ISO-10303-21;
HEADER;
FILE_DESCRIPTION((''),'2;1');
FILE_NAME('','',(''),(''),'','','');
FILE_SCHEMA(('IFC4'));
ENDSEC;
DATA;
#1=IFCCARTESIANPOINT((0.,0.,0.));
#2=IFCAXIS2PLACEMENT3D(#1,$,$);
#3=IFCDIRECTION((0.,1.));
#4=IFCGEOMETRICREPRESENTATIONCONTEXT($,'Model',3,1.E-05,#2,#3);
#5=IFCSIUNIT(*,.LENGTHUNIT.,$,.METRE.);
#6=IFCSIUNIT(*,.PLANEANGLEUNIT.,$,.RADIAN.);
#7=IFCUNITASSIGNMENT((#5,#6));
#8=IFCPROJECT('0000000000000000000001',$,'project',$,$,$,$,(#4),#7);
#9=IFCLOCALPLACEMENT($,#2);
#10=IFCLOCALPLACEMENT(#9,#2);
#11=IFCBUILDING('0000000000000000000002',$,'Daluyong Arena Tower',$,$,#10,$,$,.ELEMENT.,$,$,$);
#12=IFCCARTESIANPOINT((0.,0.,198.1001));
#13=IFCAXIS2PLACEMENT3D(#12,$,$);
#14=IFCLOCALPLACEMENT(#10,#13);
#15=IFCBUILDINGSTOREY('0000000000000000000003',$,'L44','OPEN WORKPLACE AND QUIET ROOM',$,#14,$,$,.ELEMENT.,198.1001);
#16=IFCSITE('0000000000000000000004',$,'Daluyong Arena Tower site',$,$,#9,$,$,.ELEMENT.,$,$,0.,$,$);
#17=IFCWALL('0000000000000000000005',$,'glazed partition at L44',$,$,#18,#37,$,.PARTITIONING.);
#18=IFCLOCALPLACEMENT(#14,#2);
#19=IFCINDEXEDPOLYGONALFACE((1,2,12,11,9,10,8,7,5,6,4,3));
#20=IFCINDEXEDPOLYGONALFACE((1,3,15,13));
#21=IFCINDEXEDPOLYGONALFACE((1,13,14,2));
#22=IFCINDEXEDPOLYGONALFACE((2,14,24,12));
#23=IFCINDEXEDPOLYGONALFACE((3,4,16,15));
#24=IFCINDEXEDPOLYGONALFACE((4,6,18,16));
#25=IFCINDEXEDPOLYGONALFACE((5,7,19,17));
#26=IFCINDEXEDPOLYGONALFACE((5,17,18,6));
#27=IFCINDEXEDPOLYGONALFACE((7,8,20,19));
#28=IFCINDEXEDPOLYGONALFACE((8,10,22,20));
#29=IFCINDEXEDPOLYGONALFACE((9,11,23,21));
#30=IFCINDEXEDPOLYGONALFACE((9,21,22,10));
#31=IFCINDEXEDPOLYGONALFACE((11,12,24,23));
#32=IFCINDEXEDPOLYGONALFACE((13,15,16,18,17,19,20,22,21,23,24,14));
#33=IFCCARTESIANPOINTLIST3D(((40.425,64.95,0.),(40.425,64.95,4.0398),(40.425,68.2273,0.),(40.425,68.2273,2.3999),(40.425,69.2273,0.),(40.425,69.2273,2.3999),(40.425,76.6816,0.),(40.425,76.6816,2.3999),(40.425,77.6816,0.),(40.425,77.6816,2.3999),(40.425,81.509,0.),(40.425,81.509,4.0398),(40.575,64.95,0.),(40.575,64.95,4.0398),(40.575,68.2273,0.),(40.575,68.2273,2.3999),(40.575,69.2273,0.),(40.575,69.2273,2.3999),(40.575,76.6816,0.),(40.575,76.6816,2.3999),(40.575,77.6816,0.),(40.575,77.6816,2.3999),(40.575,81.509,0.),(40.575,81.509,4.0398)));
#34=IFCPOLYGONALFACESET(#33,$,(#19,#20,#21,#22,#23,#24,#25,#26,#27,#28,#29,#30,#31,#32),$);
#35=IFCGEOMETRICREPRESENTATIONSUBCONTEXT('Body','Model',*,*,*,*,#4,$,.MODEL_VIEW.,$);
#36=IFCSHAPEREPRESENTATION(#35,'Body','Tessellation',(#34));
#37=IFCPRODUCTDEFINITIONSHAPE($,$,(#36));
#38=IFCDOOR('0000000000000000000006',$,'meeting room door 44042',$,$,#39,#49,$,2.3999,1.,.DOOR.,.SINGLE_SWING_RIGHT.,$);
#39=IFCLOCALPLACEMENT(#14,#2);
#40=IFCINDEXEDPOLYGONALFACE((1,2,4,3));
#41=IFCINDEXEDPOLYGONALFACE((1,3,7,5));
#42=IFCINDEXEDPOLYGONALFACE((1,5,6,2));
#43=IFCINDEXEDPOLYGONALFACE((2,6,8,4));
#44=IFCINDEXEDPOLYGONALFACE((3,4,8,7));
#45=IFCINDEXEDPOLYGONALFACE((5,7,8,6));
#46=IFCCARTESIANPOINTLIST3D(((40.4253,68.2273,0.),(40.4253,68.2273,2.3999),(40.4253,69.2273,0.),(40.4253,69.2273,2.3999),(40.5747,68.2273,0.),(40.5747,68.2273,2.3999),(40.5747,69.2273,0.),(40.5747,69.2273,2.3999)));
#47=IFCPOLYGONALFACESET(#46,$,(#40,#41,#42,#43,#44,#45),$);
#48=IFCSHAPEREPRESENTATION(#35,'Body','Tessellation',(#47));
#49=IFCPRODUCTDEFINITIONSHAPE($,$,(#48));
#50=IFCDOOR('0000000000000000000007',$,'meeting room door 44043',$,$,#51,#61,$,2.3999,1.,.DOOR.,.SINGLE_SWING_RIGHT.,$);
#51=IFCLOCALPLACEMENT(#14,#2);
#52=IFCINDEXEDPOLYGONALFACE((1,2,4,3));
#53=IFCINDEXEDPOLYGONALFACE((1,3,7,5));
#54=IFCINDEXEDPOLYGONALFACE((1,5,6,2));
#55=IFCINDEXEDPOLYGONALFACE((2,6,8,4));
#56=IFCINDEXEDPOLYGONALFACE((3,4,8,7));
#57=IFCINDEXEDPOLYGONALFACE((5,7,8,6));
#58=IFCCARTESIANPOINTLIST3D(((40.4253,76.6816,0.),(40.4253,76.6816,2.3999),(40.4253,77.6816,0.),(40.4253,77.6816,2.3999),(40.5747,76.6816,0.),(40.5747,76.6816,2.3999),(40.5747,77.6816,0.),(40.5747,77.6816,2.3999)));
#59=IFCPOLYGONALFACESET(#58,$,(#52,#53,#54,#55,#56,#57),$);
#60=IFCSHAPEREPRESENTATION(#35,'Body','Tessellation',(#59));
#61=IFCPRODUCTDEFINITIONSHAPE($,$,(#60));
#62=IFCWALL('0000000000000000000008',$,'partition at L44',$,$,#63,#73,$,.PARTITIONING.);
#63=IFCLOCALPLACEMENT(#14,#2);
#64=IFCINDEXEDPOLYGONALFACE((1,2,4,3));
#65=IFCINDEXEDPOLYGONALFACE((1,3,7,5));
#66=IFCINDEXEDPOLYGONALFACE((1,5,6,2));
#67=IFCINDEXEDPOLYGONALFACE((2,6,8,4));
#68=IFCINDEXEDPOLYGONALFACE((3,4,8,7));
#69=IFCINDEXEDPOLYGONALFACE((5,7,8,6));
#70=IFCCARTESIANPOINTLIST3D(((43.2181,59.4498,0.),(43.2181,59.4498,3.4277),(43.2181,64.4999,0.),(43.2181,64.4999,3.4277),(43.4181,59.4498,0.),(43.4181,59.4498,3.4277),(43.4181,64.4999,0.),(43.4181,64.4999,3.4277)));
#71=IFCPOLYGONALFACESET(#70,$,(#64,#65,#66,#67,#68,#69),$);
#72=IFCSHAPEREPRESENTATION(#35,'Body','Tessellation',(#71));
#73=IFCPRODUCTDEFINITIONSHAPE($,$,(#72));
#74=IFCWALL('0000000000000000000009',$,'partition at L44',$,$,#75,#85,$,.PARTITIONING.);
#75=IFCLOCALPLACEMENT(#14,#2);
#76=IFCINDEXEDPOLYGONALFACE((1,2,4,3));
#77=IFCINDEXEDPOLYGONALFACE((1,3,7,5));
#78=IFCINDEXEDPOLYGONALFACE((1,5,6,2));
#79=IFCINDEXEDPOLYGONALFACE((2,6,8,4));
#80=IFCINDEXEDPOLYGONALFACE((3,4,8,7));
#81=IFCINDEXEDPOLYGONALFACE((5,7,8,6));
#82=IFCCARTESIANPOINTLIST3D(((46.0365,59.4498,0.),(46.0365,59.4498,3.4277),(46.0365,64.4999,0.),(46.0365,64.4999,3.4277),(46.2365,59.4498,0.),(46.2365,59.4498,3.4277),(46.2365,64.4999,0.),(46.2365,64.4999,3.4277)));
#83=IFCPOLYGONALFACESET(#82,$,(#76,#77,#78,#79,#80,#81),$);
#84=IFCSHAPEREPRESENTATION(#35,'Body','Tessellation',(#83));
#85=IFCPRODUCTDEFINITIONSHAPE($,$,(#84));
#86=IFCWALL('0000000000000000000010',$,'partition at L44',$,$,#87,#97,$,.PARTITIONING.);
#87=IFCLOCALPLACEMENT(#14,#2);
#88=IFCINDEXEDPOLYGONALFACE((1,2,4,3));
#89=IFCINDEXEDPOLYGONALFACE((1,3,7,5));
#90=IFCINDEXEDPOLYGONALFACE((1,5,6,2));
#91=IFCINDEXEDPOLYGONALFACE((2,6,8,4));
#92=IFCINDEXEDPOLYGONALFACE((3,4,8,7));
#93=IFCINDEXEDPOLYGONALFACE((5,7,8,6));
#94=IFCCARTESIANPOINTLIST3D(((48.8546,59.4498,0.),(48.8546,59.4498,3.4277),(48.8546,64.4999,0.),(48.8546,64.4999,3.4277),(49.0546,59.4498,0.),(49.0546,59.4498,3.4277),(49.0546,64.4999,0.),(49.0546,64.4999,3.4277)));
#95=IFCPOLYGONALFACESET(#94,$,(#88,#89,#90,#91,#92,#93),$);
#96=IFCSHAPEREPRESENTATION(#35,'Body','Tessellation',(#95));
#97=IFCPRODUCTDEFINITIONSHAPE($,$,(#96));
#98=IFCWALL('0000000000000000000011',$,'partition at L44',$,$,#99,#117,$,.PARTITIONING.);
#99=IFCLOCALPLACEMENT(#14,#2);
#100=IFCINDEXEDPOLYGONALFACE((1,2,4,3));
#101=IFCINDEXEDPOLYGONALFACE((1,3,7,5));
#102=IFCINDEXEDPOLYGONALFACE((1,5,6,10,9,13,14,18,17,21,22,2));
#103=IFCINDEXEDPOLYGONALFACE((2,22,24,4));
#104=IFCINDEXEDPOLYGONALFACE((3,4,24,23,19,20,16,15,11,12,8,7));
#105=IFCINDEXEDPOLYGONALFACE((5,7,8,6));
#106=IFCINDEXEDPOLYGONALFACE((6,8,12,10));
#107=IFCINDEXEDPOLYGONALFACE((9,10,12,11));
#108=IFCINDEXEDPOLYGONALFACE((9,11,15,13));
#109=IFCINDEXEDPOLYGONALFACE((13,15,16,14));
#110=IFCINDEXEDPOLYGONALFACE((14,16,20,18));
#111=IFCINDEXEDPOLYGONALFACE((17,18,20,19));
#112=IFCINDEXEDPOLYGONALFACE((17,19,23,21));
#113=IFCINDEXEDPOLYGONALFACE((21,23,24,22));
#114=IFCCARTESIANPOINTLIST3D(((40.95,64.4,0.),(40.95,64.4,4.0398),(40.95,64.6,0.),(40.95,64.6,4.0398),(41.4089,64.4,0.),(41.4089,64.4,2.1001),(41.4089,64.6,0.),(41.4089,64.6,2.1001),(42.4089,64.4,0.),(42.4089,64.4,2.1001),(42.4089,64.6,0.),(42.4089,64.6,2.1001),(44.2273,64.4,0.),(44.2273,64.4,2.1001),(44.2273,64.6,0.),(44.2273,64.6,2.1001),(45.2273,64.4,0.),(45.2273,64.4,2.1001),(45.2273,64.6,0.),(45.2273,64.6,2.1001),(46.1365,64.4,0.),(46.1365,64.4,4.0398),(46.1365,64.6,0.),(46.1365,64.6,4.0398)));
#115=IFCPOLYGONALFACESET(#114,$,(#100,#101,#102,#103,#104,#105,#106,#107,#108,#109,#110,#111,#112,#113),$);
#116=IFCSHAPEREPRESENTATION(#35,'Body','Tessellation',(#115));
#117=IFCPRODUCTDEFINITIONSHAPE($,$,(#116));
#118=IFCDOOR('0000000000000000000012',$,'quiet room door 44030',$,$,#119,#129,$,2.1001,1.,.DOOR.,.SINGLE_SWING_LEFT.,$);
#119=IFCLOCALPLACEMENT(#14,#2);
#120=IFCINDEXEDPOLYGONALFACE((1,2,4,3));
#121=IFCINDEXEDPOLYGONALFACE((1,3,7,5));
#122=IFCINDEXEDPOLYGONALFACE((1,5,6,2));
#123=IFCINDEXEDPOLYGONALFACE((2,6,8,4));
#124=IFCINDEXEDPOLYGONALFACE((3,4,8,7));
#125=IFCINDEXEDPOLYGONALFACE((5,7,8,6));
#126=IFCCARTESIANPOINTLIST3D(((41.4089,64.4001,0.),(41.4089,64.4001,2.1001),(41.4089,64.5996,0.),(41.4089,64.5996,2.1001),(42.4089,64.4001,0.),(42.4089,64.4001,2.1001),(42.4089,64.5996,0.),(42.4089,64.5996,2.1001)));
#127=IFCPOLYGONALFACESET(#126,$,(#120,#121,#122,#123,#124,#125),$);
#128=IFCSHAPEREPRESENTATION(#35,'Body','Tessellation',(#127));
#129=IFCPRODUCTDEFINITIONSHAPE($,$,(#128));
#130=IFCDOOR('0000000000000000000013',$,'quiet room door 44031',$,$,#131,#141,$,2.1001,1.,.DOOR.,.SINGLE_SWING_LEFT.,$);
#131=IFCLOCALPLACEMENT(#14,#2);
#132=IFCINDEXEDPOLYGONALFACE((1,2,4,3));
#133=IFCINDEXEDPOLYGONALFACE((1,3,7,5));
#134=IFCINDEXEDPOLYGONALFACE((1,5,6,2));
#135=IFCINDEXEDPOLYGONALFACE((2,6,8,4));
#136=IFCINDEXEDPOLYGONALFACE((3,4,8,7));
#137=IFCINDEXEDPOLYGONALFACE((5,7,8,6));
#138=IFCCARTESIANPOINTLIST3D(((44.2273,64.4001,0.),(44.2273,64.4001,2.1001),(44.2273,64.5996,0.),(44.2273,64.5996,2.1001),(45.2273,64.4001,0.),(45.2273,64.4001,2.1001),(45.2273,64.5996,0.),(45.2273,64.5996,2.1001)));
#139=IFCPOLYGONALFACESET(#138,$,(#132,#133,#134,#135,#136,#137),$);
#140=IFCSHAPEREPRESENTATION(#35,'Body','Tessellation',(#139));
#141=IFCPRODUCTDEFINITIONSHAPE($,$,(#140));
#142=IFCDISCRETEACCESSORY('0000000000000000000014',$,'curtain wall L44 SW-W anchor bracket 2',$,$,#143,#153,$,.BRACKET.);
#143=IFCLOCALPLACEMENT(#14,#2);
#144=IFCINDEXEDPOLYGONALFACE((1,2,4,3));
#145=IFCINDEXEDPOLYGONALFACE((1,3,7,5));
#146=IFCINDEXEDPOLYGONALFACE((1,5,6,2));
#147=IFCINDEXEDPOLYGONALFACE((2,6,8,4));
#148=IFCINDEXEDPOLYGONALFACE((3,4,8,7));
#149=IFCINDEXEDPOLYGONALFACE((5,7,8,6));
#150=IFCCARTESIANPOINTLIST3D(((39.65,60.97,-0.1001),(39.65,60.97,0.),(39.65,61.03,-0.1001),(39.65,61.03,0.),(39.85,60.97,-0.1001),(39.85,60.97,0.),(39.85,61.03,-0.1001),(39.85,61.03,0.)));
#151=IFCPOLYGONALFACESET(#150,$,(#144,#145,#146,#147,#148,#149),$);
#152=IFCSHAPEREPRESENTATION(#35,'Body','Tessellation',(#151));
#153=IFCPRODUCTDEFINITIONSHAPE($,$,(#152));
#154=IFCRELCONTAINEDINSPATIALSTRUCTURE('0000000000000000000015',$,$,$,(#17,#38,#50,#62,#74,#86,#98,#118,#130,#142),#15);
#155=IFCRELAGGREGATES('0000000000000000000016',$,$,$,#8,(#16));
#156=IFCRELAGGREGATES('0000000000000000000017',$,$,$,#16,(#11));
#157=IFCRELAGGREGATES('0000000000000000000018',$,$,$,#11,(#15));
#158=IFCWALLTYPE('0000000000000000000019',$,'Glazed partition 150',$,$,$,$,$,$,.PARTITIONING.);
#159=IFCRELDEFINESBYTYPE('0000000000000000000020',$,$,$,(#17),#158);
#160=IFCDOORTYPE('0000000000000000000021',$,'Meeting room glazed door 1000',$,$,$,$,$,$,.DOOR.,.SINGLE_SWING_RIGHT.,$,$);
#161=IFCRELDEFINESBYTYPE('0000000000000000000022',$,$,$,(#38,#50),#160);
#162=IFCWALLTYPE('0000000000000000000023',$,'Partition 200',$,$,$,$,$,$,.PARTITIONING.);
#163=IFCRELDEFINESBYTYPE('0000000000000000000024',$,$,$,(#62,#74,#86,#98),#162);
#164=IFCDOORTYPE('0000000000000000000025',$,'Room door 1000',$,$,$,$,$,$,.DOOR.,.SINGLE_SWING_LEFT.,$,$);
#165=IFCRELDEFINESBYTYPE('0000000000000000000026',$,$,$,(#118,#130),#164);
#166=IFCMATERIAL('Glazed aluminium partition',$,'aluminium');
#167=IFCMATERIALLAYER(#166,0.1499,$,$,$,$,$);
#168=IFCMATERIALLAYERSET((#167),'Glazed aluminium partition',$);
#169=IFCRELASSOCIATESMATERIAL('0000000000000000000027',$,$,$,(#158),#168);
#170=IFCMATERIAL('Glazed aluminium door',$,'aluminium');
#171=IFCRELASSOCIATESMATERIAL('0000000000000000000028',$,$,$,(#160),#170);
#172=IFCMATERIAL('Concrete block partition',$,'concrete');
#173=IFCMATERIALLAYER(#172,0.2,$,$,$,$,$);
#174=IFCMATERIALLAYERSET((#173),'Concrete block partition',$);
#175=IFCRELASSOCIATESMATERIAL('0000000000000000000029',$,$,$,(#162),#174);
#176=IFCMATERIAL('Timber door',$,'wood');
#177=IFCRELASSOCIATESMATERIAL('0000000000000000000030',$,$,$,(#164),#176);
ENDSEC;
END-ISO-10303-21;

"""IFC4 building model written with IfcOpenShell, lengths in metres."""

from ifc_helpers import new_model, si_unit, direction, frame, frame_2d, origin, origin_2d, place, context, subcontext, project, spatial, rectangle, extrude, material, layer, layer_set, type_object, element, fill, save


model = new_model("IFC4")

# Units and contexts
model_context = context("Model", 3, precision=1e-05, world=origin(), true_north=direction((0.0, 1.0)))
body_context = subcontext(model_context, "Body", "Model", "MODEL_VIEW")
ifc_project = project(units=[si_unit("LENGTHUNIT", "METRE"), si_unit("PLANEANGLEUNIT", "RADIAN")], contexts=[model_context])

# Site, building, storey
site_placement = place(None, origin())
site = spatial("IfcSite", under=ifc_project, at=site_placement, Name="Daluyong Arena Tower site", CompositionType="ELEMENT", RefElevation=0.0)
building_placement = place(site_placement, origin())
building = spatial("IfcBuilding", under=site, at=building_placement, Name="Daluyong Arena Tower", CompositionType="ELEMENT")
storey_placement = place(building_placement, frame((0.0, 0.0, 198.1001)))
storey = spatial("IfcBuildingStorey", under=building, at=storey_placement, Name="L44", Description="OPEN WORKPLACE AND QUIET ROOM", CompositionType="ELEMENT", Elevation=198.1001)

# Shared definitions
ifc_material_1 = material(Name="Glazed aluminium partition", Category="aluminium")
ifc_layer_1 = layer(ifc_material_1, 0.1499)
ifc_layer_set_1 = layer_set([ifc_layer_1], Name="Glazed aluminium partition")
wall_type_1 = type_object("IfcWallType", Name="Glazed partition 150", PredefinedType="PARTITIONING", material=ifc_layer_set_1)
ifc_material_2 = material(Name="Glazed aluminium door", Category="aluminium")
door_type_1 = type_object("IfcDoorType", Name="Meeting room glazed door 1000", OperationType="SINGLE_SWING_RIGHT", PredefinedType="DOOR", material=ifc_material_2)

# Wall, openings, doors
wall_1_placement = place(storey_placement, frame((40.5, 64.95, 0.0), z_axis=(0.0, 0.0, 1.0), x_axis=(0.0, 1.0, 0.0)))
wall_1 = element("IfcWall", 1, at=wall_1_placement, inside=storey, type_object=wall_type_1, Name="glazed partition at L44", PredefinedType="PARTITIONING", context=body_context, shape_type="SweptSolid", body=[
    extrude(rectangle(XDim=16.5591, YDim=0.1499, at=frame_2d((8.2795, 0.0))), origin(), (0.0, 0.0, 1.0), 4.0398),
])
opening_1_placement = place(wall_1_placement, frame((3.2773, 0.0, 0.0)))
opening_1 = element("IfcOpeningElement", 2, at=opening_1_placement, cuts=wall_1, PredefinedType="OPENING", context=body_context, shape_type="SweptSolid", body=[
    extrude(rectangle(XDim=1.0, YDim=2.3999, at=frame_2d((0.5, 1.2))), frame((0.0, 0.085, 0.0), z_axis=(0.0, -1.0, 0.0), x_axis=(1.0, 0.0, 0.0)), (0.0, 0.0, 1.0), 0.1699),
])
opening_2_placement = place(wall_1_placement, frame((11.7317, 0.0, 0.0)))
opening_2 = element("IfcOpeningElement", 3, at=opening_2_placement, cuts=wall_1, PredefinedType="OPENING", context=body_context, shape_type="SweptSolid", body=[
    extrude(rectangle(XDim=1.0, YDim=2.3999, at=frame_2d((0.5, 1.2))), frame((0.0, 0.085, 0.0), z_axis=(0.0, -1.0, 0.0), x_axis=(1.0, 0.0, 0.0)), (0.0, 0.0, 1.0), 0.1699),
])
door_1_placement = place(opening_1_placement, origin())
door_1 = element("IfcDoor", 4, at=door_1_placement, inside=storey, type_object=door_type_1, Name="meeting room door 44042", OperationType="SINGLE_SWING_RIGHT", OverallHeight=2.3999, OverallWidth=1.0, PredefinedType="DOOR", context=body_context, shape_type="SweptSolid", body=[
    extrude(rectangle(XDim=1.0, YDim=2.3999, at=frame_2d((0.5, 1.2))), frame((0.0, 0.0747, 0.0), z_axis=(0.0, -1.0, 0.0), x_axis=(1.0, 0.0, 0.0)), (0.0, 0.0, 1.0), 0.1494),
])
fill(opening_1, door_1)
door_2_placement = place(opening_2_placement, origin())
door_2 = element("IfcDoor", 5, at=door_2_placement, inside=storey, type_object=door_type_1, Name="meeting room door 44043", OperationType="SINGLE_SWING_RIGHT", OverallHeight=2.3999, OverallWidth=1.0, PredefinedType="DOOR", context=body_context, shape_type="SweptSolid", body=[
    extrude(rectangle(XDim=1.0, YDim=2.3999, at=frame_2d((0.5, 1.2))), frame((0.0, 0.0747, 0.0), z_axis=(0.0, -1.0, 0.0), x_axis=(1.0, 0.0, 0.0)), (0.0, 0.0, 1.0), 0.1494),
])
fill(opening_2, door_2)

# Walls
ifc_material_3 = material(Name="Concrete block partition", Category="concrete")
ifc_layer_2 = layer(ifc_material_3, 0.2)
ifc_layer_set_2 = layer_set([ifc_layer_2], Name="Concrete block partition")
wall_type_2 = type_object("IfcWallType", Name="Partition 200", PredefinedType="PARTITIONING", material=ifc_layer_set_2)
for number, where, z_axis, x_axis, name in (
    (6, (43.3181, 59.45, 0.0), (0.0, 0.0, 1.0), (0.0, 1.0, 0.0), "partition at L44"),
    (7, (46.1365, 59.45, 0.0), (0.0, 0.0, 1.0), (0.0, 1.0, 0.0), "partition at L44"),
    (8, (48.9546, 59.45, 0.0), (0.0, 0.0, 1.0), (0.0, 1.0, 0.0), "partition at L44"),
):
    element("IfcWall", number, at=place(storey_placement, frame(where, z_axis=z_axis, x_axis=x_axis)), inside=storey, type_object=wall_type_2, Name=name, PredefinedType="PARTITIONING", context=body_context, shape_type="SweptSolid", body=[
        extrude(rectangle(XDim=5.05, YDim=0.2, at=frame_2d((2.5249, 0.0))), origin(), (0.0, 0.0, 1.0), 3.4277),
    ])

# Wall, openings, doors
wall_2_placement = place(storey_placement, frame((40.95, 64.5, 0.0), z_axis=(0.0, 0.0, 1.0), x_axis=(1.0, 0.0, 0.0)))
wall_2 = element("IfcWall", 9, at=wall_2_placement, inside=storey, type_object=wall_type_2, Name="partition at L44", PredefinedType="PARTITIONING", context=body_context, shape_type="SweptSolid", body=[
    extrude(rectangle(XDim=5.1865, YDim=0.2, at=frame_2d((2.5933, 0.0))), origin(), (0.0, 0.0, 1.0), 4.0398),
])
opening_3_placement = place(wall_2_placement, frame((0.459, 0.0, 0.0)))
opening_3 = element("IfcOpeningElement", 10, at=opening_3_placement, cuts=wall_2, PredefinedType="OPENING", context=body_context, shape_type="SweptSolid", body=[
    extrude(rectangle(XDim=1.0, YDim=2.1001, at=frame_2d((0.5, 1.05))), frame((0.0, 0.1099, 0.0), z_axis=(0.0, -1.0, 0.0), x_axis=(1.0, 0.0, 0.0)), (0.0, 0.0, 1.0), 0.22),
])
opening_4_placement = place(wall_2_placement, frame((3.2773, 0.0, 0.0)))
opening_4 = element("IfcOpeningElement", 11, at=opening_4_placement, cuts=wall_2, PredefinedType="OPENING", context=body_context, shape_type="SweptSolid", body=[
    extrude(rectangle(XDim=1.0, YDim=2.1001, at=frame_2d((0.5, 1.05))), frame((0.0, 0.1099, 0.0), z_axis=(0.0, -1.0, 0.0), x_axis=(1.0, 0.0, 0.0)), (0.0, 0.0, 1.0), 0.22),
])
ifc_material_4 = material(Name="Timber door", Category="wood")
door_type_2 = type_object("IfcDoorType", Name="Room door 1000", OperationType="SINGLE_SWING_LEFT", PredefinedType="DOOR", material=ifc_material_4)
door_3_placement = place(opening_3_placement, origin())
door_3 = element("IfcDoor", 12, at=door_3_placement, inside=storey, type_object=door_type_2, Name="quiet room door 44030", OperationType="SINGLE_SWING_LEFT", OverallHeight=2.1001, OverallWidth=1.0, PredefinedType="DOOR", context=body_context, shape_type="SweptSolid", body=[
    extrude(rectangle(XDim=1.0, YDim=2.1001, at=frame_2d((0.5, 1.05))), frame((0.0, 0.0996, 0.0), z_axis=(0.0, -1.0, 0.0), x_axis=(1.0, 0.0, 0.0)), (0.0, 0.0, 1.0), 0.1995),
])
fill(opening_3, door_3)
door_4_placement = place(opening_4_placement, origin())
door_4 = element("IfcDoor", 13, at=door_4_placement, inside=storey, type_object=door_type_2, Name="quiet room door 44031", OperationType="SINGLE_SWING_LEFT", OverallHeight=2.1001, OverallWidth=1.0, PredefinedType="DOOR", context=body_context, shape_type="SweptSolid", body=[
    extrude(rectangle(XDim=1.0, YDim=2.1001, at=frame_2d((0.5, 1.05))), frame((0.0, 0.0996, 0.0), z_axis=(0.0, -1.0, 0.0), x_axis=(1.0, 0.0, 0.0)), (0.0, 0.0, 1.0), 0.1995),
])
fill(opening_4, door_4)

# Discrete accessory
discrete_accessory_placement = place(storey_placement, frame((39.75, 61.0, -0.1001), z_axis=(0.0, 0.0, 1.0), x_axis=(0.0, -1.0, 0.0)))
element("IfcDiscreteAccessory", 14, at=discrete_accessory_placement, inside=storey, Name="curtain wall L44 SW-W anchor bracket 2", PredefinedType="BRACKET", context=body_context, shape_type="SweptSolid", body=[
    extrude(rectangle(XDim=0.0601, YDim=0.2, at=origin_2d()), origin(), (0.0, 0.0, 1.0), 0.1001),
])

save(model, "model.ifc")
